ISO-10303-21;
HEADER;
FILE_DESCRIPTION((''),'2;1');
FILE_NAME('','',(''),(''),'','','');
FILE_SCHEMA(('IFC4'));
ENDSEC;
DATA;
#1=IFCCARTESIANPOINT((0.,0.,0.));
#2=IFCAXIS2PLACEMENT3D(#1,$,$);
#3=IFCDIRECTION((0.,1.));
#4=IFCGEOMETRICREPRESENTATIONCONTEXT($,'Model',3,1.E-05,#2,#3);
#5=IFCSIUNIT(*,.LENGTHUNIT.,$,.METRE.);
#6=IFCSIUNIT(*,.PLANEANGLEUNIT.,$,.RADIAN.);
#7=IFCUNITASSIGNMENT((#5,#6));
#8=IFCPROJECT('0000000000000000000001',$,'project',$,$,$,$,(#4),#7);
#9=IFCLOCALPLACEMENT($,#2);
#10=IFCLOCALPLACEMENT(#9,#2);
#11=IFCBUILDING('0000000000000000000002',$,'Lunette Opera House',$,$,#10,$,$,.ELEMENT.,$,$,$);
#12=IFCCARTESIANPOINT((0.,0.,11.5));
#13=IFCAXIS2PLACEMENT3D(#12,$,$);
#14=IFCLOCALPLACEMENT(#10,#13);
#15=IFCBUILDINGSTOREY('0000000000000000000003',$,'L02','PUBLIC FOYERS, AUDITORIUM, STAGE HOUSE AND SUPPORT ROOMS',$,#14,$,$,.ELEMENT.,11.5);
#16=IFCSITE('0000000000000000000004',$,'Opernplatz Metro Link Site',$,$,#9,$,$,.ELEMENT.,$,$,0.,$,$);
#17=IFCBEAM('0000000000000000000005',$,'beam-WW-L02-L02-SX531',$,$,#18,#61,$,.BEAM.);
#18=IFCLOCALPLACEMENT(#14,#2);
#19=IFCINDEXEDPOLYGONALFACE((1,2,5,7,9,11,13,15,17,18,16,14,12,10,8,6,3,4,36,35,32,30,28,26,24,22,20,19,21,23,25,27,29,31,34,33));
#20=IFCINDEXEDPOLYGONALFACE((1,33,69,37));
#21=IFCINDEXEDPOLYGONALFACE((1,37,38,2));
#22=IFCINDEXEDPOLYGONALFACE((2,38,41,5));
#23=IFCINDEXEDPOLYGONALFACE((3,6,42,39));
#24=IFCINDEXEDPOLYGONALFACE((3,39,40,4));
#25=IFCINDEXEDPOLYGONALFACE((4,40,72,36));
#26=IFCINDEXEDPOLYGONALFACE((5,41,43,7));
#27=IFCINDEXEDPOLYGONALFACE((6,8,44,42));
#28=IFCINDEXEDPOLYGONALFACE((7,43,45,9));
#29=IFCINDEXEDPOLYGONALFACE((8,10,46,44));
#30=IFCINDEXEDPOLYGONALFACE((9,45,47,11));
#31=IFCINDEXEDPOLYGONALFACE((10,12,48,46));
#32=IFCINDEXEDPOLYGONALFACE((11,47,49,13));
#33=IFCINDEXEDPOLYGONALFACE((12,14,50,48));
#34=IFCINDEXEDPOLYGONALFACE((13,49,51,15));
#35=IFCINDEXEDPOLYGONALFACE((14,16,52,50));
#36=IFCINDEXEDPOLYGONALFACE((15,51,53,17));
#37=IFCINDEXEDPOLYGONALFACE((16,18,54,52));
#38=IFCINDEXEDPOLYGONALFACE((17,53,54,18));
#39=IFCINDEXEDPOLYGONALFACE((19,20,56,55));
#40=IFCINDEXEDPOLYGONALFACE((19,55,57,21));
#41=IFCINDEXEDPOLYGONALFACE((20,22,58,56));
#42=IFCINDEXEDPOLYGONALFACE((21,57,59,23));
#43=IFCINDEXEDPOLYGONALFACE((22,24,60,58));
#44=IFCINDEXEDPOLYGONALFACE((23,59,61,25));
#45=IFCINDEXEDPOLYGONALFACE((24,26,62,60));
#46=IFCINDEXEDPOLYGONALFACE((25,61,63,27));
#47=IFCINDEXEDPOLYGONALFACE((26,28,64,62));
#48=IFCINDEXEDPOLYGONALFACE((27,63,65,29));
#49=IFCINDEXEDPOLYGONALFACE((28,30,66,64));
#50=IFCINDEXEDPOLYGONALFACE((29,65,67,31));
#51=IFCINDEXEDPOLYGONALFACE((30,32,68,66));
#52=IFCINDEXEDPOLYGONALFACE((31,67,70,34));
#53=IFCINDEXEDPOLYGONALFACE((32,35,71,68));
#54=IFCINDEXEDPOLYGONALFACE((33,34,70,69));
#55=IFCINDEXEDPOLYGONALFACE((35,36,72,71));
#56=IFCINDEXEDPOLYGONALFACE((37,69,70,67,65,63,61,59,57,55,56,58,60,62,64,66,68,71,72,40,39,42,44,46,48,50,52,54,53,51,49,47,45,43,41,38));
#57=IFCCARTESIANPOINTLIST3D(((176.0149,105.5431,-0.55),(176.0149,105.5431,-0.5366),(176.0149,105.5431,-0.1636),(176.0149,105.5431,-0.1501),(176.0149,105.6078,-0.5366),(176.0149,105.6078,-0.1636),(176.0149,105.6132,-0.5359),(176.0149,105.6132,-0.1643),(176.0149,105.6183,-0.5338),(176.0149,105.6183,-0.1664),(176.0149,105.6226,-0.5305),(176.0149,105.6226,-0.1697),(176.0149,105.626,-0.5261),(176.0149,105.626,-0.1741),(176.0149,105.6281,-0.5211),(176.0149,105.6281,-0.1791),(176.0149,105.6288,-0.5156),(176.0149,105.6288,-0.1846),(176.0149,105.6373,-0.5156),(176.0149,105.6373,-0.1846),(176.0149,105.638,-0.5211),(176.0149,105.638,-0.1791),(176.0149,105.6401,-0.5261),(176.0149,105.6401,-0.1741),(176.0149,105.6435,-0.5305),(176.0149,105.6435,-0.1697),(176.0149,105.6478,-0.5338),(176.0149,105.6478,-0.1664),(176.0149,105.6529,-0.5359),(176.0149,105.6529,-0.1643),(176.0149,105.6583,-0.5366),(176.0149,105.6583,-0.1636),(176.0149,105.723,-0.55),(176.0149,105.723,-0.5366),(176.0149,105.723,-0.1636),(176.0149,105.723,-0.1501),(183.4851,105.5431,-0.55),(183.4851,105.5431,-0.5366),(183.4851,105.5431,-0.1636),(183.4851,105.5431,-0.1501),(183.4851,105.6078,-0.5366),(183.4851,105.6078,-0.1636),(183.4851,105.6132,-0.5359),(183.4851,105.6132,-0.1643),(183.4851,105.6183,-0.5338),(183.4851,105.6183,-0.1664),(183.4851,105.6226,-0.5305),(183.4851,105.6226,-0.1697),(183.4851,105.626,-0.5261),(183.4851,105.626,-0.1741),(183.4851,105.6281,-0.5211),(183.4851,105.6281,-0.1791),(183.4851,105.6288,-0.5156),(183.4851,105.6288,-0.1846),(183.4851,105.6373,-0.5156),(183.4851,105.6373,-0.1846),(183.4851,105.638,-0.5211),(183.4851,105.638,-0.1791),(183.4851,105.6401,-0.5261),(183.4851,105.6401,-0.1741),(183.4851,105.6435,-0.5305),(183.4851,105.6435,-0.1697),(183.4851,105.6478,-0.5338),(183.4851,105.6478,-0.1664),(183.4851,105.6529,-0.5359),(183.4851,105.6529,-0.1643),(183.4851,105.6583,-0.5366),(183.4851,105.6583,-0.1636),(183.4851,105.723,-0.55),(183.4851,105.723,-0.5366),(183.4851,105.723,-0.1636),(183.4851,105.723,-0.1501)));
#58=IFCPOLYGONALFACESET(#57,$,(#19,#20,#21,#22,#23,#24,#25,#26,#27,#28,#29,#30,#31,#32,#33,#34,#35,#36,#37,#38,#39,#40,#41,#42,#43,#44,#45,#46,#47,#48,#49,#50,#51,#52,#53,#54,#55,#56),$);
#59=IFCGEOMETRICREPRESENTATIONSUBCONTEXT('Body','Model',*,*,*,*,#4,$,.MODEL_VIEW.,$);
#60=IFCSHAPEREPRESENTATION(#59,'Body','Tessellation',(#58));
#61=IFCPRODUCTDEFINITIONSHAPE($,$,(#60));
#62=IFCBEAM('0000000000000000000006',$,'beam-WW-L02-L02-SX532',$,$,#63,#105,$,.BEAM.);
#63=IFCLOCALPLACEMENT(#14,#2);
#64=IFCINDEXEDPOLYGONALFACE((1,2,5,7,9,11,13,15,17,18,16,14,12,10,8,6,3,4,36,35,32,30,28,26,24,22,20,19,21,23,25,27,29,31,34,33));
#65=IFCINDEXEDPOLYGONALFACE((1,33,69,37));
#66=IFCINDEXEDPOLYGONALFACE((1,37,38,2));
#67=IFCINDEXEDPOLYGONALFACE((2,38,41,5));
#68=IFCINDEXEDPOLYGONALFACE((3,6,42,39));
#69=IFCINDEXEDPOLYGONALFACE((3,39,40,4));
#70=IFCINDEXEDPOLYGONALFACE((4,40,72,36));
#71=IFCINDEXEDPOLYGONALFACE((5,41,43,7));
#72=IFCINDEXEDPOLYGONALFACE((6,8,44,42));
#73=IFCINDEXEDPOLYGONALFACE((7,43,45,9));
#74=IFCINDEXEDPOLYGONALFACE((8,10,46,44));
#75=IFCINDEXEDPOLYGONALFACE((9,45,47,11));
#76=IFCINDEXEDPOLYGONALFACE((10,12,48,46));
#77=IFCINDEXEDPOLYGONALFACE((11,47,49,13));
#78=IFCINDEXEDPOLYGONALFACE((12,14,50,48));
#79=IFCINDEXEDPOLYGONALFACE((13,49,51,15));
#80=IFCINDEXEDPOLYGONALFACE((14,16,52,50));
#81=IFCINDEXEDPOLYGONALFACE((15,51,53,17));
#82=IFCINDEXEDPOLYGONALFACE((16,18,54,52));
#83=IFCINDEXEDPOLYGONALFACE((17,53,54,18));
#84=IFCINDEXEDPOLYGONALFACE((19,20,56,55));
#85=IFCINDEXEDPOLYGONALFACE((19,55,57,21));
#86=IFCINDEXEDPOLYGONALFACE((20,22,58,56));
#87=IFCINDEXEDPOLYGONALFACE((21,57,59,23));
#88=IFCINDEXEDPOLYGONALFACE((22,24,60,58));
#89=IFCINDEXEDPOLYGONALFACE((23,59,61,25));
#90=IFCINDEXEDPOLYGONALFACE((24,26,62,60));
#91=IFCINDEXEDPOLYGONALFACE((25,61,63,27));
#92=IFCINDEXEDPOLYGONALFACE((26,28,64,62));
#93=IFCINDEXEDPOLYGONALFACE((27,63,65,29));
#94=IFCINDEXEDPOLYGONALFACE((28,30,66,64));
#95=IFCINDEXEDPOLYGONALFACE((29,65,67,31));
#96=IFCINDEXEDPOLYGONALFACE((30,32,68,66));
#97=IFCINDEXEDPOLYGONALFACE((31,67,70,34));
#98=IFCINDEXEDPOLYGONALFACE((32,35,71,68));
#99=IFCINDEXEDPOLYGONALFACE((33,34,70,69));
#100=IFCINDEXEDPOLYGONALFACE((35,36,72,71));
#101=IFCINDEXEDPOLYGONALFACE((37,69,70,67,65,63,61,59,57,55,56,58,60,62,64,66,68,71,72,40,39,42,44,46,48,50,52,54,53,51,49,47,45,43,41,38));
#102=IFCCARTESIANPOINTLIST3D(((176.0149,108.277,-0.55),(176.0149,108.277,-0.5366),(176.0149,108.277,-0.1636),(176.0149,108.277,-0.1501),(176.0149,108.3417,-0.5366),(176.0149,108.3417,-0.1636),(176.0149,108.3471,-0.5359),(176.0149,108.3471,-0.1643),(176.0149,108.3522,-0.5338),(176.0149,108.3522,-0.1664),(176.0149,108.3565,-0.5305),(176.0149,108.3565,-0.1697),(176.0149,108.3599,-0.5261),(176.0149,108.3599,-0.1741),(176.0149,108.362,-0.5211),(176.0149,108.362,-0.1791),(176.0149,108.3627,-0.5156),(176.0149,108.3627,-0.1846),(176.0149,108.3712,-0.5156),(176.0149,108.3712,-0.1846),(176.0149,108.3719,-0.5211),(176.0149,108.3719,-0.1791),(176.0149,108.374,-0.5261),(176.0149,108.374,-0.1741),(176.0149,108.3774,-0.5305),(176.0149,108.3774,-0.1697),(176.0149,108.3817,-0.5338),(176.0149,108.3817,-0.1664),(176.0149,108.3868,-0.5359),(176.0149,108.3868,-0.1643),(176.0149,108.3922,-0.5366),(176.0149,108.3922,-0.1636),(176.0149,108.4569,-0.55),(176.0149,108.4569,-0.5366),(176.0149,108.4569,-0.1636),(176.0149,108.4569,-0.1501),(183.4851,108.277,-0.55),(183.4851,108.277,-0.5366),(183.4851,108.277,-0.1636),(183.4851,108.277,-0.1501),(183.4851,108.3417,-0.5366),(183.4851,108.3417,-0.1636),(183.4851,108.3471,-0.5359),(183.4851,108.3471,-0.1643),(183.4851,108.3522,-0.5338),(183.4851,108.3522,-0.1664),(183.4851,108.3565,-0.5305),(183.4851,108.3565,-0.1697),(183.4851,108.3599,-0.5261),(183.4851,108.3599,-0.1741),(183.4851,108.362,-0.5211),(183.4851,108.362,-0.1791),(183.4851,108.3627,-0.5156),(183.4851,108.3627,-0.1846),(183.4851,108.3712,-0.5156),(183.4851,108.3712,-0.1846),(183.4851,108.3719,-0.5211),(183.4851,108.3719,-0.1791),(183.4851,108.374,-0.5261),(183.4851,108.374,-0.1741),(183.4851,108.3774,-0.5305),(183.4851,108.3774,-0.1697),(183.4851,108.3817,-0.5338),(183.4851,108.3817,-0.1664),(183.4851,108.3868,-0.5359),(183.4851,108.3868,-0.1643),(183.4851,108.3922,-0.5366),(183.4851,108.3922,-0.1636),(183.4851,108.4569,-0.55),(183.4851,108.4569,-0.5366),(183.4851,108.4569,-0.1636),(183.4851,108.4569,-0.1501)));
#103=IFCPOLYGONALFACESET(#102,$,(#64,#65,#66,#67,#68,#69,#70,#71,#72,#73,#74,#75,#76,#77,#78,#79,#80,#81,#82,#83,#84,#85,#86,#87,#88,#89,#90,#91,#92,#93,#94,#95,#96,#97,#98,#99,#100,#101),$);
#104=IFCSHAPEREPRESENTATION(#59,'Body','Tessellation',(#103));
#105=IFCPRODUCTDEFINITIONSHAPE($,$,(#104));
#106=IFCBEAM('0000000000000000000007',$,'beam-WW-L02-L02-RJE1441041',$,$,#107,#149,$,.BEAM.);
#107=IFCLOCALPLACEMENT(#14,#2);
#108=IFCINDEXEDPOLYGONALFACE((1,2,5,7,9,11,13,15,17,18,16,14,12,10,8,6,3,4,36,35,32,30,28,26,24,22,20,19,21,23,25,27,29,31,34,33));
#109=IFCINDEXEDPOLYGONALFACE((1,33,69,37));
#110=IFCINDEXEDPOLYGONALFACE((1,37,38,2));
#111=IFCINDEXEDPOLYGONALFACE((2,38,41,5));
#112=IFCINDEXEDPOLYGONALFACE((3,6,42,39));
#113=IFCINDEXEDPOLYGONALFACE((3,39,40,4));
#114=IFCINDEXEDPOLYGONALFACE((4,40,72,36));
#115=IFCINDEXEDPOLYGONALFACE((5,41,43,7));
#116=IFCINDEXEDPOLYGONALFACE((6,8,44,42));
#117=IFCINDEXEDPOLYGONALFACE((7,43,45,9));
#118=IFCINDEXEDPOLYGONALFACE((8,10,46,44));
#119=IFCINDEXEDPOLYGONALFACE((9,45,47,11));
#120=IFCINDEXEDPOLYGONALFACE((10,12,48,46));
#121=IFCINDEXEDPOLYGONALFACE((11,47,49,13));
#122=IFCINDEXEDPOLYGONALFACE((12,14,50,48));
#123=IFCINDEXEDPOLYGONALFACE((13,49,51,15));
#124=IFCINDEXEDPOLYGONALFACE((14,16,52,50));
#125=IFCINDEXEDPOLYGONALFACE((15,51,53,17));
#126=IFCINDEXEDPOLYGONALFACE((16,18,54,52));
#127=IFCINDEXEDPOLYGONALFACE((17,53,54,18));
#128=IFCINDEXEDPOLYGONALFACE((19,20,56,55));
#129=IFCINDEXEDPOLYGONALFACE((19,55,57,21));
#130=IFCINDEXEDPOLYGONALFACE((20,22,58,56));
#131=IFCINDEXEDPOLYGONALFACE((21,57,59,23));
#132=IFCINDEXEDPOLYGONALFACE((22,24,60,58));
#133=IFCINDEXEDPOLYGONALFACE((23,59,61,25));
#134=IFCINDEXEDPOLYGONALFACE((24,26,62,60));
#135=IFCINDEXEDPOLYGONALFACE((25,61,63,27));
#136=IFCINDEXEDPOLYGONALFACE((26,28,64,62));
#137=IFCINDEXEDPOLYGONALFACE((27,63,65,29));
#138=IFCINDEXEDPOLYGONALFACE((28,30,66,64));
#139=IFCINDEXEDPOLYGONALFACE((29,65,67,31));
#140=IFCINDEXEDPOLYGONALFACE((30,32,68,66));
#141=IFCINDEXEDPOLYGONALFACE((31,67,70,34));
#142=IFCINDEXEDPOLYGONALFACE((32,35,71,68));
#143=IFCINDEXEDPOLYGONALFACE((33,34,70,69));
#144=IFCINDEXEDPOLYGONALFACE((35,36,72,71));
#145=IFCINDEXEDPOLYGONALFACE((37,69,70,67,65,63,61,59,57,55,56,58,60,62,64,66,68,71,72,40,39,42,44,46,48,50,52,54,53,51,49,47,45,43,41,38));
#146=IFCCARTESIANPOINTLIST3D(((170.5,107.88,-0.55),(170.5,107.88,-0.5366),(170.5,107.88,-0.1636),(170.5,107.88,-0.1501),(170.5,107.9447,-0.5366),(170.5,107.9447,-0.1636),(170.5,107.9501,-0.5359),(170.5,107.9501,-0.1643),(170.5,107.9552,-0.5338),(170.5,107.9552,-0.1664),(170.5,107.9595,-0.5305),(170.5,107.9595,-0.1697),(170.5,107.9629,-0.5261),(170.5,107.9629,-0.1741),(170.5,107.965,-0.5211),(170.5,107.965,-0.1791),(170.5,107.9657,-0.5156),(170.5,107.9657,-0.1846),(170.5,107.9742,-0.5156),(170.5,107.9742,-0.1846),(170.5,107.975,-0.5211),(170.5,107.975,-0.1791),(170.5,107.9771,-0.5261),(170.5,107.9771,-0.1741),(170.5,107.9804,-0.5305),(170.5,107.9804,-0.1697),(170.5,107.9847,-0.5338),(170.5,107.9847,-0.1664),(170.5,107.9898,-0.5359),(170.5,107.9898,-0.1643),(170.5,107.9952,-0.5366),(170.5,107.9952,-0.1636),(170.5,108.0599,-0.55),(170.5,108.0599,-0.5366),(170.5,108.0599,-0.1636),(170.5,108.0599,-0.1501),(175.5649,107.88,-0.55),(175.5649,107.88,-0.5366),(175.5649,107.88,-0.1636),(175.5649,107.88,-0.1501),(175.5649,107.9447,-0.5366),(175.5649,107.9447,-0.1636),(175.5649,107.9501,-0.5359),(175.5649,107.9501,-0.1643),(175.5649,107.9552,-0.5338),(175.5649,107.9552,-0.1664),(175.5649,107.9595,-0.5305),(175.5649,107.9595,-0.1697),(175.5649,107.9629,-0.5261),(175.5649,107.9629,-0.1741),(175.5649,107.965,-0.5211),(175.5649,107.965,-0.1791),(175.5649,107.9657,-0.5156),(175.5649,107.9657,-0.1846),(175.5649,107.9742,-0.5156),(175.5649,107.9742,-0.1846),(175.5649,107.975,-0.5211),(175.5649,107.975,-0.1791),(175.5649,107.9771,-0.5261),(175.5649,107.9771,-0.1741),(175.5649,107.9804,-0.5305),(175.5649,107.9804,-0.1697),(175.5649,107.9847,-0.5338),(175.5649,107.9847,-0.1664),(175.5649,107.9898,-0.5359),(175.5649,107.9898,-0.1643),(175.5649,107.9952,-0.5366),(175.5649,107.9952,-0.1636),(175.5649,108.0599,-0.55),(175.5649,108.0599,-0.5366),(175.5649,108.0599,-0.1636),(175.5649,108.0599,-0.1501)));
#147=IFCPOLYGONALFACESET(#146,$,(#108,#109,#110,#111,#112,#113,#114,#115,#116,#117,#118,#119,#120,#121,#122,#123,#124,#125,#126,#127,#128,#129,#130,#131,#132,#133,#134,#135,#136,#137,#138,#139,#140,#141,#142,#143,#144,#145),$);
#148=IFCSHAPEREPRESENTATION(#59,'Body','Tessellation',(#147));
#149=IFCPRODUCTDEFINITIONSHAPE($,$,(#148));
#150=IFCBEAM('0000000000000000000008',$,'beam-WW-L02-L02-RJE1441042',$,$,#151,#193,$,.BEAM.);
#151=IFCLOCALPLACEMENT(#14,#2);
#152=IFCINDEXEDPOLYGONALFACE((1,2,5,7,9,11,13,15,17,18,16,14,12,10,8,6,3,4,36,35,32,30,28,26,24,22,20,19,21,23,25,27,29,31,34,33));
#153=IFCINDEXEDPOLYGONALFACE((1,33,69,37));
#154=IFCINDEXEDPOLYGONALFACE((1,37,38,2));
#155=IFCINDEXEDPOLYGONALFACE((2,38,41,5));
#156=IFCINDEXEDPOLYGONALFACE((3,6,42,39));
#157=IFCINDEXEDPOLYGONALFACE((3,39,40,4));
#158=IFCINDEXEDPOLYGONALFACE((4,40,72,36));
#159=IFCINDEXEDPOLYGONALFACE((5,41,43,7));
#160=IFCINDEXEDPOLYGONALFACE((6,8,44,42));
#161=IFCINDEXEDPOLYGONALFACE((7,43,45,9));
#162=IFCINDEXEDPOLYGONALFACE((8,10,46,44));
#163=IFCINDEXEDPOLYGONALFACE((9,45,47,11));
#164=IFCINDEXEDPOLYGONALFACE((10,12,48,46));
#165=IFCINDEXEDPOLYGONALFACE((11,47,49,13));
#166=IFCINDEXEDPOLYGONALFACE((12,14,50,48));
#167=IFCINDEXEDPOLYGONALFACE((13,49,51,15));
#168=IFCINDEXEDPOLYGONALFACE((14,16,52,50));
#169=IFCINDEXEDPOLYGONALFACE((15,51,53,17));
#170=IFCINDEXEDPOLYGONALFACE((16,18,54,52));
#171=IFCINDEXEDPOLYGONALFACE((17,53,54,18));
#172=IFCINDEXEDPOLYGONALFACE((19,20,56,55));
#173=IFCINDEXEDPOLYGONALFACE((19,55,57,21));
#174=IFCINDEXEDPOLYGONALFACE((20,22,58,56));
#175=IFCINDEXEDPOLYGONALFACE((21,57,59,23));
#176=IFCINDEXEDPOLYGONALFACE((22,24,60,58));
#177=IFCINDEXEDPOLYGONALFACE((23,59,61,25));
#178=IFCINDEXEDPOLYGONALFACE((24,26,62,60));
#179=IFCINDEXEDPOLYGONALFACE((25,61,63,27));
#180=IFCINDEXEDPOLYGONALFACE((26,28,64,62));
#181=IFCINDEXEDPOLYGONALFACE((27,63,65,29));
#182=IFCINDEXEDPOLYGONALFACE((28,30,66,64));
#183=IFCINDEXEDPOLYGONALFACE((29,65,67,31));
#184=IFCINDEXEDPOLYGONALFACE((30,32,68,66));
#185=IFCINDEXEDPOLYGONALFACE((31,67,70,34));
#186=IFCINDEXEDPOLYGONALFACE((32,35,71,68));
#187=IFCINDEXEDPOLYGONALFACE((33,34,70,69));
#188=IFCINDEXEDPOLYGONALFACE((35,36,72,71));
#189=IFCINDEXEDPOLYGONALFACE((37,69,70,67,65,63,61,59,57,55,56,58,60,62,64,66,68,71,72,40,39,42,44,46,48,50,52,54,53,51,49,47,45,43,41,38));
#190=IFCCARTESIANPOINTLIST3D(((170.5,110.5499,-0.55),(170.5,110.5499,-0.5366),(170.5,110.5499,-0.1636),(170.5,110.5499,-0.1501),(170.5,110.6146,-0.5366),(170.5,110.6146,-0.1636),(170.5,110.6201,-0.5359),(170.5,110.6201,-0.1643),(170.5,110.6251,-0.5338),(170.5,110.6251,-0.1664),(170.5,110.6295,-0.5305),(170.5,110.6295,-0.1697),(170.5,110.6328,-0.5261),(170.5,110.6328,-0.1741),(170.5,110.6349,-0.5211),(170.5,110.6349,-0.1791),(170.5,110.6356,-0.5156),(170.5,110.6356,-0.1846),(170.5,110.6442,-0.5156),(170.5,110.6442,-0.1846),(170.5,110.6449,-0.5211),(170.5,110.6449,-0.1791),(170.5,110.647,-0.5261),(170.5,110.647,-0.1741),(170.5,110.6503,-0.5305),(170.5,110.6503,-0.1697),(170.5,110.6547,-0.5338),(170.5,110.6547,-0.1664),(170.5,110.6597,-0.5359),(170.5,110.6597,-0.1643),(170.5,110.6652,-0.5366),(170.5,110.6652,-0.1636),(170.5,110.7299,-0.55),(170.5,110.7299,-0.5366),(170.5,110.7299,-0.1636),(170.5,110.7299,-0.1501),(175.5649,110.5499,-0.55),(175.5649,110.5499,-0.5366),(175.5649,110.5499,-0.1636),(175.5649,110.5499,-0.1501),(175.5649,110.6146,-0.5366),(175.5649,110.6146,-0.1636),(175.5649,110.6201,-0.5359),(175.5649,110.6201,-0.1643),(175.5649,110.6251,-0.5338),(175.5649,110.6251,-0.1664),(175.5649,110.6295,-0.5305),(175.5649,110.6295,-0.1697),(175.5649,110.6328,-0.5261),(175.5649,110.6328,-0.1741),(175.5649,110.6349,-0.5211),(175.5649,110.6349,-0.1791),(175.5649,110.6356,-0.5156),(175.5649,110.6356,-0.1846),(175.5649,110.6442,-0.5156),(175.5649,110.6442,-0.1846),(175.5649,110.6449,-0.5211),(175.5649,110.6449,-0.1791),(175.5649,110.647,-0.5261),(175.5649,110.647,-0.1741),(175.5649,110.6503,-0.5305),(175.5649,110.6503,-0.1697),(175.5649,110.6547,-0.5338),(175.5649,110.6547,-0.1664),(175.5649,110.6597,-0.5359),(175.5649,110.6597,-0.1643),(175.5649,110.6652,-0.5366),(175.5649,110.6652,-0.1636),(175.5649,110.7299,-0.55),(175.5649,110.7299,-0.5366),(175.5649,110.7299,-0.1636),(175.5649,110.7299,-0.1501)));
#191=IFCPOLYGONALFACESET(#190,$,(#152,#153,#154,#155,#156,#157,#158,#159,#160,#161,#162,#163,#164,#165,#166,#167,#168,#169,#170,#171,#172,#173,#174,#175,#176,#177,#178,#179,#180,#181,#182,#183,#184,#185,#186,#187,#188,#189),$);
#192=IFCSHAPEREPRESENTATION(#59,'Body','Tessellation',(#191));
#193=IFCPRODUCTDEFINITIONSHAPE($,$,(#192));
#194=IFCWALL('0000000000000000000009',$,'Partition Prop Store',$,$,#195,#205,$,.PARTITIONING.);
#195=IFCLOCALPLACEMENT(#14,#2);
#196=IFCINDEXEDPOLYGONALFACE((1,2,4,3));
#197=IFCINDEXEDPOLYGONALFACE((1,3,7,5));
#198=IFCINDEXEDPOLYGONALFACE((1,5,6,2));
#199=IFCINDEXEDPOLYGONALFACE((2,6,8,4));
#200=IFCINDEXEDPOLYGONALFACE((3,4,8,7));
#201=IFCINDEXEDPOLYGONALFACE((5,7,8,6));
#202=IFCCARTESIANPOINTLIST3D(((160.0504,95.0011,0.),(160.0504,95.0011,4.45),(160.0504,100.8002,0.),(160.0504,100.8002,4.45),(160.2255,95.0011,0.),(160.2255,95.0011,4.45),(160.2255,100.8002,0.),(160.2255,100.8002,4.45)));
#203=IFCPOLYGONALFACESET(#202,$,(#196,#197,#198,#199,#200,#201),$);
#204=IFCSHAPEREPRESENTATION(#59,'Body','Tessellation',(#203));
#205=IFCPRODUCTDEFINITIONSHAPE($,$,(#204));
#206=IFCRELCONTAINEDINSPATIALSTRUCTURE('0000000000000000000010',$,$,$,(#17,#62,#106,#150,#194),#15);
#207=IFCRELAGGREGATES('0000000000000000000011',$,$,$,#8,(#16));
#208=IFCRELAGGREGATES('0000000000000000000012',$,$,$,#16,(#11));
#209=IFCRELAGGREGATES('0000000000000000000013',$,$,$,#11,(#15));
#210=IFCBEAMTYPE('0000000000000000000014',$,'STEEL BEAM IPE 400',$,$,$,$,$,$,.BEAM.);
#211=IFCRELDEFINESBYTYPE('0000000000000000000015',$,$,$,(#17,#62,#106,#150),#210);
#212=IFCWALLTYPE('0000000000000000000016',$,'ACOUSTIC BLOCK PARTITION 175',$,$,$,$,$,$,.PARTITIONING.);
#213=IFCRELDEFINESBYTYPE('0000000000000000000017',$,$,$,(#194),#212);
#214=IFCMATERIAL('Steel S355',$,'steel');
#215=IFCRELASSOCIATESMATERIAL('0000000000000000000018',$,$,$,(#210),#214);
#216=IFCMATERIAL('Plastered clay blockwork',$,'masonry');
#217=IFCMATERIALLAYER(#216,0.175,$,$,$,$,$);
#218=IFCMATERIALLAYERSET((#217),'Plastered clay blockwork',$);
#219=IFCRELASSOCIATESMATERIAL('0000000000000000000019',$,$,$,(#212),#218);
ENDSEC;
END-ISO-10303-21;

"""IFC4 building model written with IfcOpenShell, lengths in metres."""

from ifc_helpers import new_model, si_unit, direction, frame, frame_2d, origin, origin_2d, place, context, subcontext, project, spatial, rectangle, i_section, extrude, material, layer, layer_set, material_profile, profile_set, type_object, element, save


model = new_model("IFC4")

# Units and contexts
model_context = context("Model", 3, precision=1e-05, world=origin(), true_north=direction((0.0, 1.0)))
body_context = subcontext(model_context, "Body", "Model", "MODEL_VIEW")
ifc_project = project(units=[si_unit("LENGTHUNIT", "METRE"), si_unit("PLANEANGLEUNIT", "RADIAN")], contexts=[model_context])

# Site, building, storey
site_placement = place(None, origin())
site = spatial("IfcSite", under=ifc_project, at=site_placement, Name="Opernplatz Metro Link Site", CompositionType="ELEMENT", RefElevation=0.0)
building_placement = place(site_placement, origin())
building = spatial("IfcBuilding", under=site, at=building_placement, Name="Lunette Opera House", CompositionType="ELEMENT")
storey_placement = place(building_placement, frame((0.0, 0.0, 11.5)))
storey = spatial("IfcBuildingStorey", under=building, at=storey_placement, Name="L02", Description="PUBLIC FOYERS, AUDITORIUM, STAGE HOUSE AND SUPPORT ROOMS", CompositionType="ELEMENT", Elevation=11.5)

# Beams
ifc_material_1 = material(Name="Steel S355", Category="steel")
ifc_material_profile_1 = material_profile(ifc_material_1, i_section(OverallWidth=0.1799, OverallDepth=0.3999, WebThickness=0.0085, FlangeThickness=0.0134, FilletRadius=0.021, at=origin_2d()), Name="IPE 400")
ifc_profile_set_1 = profile_set([ifc_material_profile_1], Name="Steel S355")
beam_type_1 = type_object("IfcBeamType", Name="STEEL BEAM IPE 400", PredefinedType="BEAM", material=ifc_profile_set_1)
for number, where, z_axis, x_axis, name in (
    (1, (176.0149, 105.6331, -0.3501), (1.0, 0.0, 0.0), (0.0, 1.0, 0.0), "beam-WW-L02-L02-SX531"),
    (2, (176.0149, 108.3669, -0.3501), (1.0, 0.0, 0.0), (0.0, 1.0, 0.0), "beam-WW-L02-L02-SX532"),
):
    element("IfcBeam", number, at=place(storey_placement, frame(where, z_axis=z_axis, x_axis=x_axis)), inside=storey, type_object=beam_type_1, Name=name, PredefinedType="BEAM", context=body_context, shape_type="SweptSolid", body=[
        extrude(i_section(OverallWidth=0.1799, OverallDepth=0.3999, WebThickness=0.0085, FlangeThickness=0.0134, FilletRadius=0.021, at=origin_2d()), origin(), (0.0, 0.0, 1.0), 7.4702),
    ])
for number, where, z_axis, x_axis, name in (
    (3, (170.5, 107.97, -0.3501), (1.0, 0.0, 0.0), (0.0, 1.0, 0.0), "beam-WW-L02-L02-RJE1441041"),
    (4, (170.5, 110.6399, -0.3501), (1.0, 0.0, 0.0), (0.0, 1.0, 0.0), "beam-WW-L02-L02-RJE1441042"),
):
    element("IfcBeam", number, at=place(storey_placement, frame(where, z_axis=z_axis, x_axis=x_axis)), inside=storey, type_object=beam_type_1, Name=name, PredefinedType="BEAM", context=body_context, shape_type="SweptSolid", body=[
        extrude(i_section(OverallWidth=0.1799, OverallDepth=0.3999, WebThickness=0.0085, FlangeThickness=0.0134, FilletRadius=0.021, at=origin_2d()), origin(), (0.0, 0.0, 1.0), 5.0649),
    ])

# Wall
ifc_material_2 = material(Name="Plastered clay blockwork", Category="masonry")
ifc_layer_1 = layer(ifc_material_2, 0.175)
ifc_layer_set_1 = layer_set([ifc_layer_1], Name="Plastered clay blockwork")
wall_type_1 = type_object("IfcWallType", Name="ACOUSTIC BLOCK PARTITION 175", PredefinedType="PARTITIONING", material=ifc_layer_set_1)
wall_1_placement = place(storey_placement, frame((160.1379, 100.8, 0.0), z_axis=(0.0, 0.0, 1.0), x_axis=(0.0, -1.0, 0.0)))
element("IfcWall", 5, at=wall_1_placement, inside=storey, type_object=wall_type_1, Name="Partition Prop Store", PredefinedType="PARTITIONING", context=body_context, shape_type="SweptSolid", body=[
    extrude(rectangle(XDim=5.7991, YDim=0.175, at=frame_2d((2.8994, 0.0))), origin(), (0.0, 0.0, 1.0), 4.45),
])

save(model, "model.ifc")
